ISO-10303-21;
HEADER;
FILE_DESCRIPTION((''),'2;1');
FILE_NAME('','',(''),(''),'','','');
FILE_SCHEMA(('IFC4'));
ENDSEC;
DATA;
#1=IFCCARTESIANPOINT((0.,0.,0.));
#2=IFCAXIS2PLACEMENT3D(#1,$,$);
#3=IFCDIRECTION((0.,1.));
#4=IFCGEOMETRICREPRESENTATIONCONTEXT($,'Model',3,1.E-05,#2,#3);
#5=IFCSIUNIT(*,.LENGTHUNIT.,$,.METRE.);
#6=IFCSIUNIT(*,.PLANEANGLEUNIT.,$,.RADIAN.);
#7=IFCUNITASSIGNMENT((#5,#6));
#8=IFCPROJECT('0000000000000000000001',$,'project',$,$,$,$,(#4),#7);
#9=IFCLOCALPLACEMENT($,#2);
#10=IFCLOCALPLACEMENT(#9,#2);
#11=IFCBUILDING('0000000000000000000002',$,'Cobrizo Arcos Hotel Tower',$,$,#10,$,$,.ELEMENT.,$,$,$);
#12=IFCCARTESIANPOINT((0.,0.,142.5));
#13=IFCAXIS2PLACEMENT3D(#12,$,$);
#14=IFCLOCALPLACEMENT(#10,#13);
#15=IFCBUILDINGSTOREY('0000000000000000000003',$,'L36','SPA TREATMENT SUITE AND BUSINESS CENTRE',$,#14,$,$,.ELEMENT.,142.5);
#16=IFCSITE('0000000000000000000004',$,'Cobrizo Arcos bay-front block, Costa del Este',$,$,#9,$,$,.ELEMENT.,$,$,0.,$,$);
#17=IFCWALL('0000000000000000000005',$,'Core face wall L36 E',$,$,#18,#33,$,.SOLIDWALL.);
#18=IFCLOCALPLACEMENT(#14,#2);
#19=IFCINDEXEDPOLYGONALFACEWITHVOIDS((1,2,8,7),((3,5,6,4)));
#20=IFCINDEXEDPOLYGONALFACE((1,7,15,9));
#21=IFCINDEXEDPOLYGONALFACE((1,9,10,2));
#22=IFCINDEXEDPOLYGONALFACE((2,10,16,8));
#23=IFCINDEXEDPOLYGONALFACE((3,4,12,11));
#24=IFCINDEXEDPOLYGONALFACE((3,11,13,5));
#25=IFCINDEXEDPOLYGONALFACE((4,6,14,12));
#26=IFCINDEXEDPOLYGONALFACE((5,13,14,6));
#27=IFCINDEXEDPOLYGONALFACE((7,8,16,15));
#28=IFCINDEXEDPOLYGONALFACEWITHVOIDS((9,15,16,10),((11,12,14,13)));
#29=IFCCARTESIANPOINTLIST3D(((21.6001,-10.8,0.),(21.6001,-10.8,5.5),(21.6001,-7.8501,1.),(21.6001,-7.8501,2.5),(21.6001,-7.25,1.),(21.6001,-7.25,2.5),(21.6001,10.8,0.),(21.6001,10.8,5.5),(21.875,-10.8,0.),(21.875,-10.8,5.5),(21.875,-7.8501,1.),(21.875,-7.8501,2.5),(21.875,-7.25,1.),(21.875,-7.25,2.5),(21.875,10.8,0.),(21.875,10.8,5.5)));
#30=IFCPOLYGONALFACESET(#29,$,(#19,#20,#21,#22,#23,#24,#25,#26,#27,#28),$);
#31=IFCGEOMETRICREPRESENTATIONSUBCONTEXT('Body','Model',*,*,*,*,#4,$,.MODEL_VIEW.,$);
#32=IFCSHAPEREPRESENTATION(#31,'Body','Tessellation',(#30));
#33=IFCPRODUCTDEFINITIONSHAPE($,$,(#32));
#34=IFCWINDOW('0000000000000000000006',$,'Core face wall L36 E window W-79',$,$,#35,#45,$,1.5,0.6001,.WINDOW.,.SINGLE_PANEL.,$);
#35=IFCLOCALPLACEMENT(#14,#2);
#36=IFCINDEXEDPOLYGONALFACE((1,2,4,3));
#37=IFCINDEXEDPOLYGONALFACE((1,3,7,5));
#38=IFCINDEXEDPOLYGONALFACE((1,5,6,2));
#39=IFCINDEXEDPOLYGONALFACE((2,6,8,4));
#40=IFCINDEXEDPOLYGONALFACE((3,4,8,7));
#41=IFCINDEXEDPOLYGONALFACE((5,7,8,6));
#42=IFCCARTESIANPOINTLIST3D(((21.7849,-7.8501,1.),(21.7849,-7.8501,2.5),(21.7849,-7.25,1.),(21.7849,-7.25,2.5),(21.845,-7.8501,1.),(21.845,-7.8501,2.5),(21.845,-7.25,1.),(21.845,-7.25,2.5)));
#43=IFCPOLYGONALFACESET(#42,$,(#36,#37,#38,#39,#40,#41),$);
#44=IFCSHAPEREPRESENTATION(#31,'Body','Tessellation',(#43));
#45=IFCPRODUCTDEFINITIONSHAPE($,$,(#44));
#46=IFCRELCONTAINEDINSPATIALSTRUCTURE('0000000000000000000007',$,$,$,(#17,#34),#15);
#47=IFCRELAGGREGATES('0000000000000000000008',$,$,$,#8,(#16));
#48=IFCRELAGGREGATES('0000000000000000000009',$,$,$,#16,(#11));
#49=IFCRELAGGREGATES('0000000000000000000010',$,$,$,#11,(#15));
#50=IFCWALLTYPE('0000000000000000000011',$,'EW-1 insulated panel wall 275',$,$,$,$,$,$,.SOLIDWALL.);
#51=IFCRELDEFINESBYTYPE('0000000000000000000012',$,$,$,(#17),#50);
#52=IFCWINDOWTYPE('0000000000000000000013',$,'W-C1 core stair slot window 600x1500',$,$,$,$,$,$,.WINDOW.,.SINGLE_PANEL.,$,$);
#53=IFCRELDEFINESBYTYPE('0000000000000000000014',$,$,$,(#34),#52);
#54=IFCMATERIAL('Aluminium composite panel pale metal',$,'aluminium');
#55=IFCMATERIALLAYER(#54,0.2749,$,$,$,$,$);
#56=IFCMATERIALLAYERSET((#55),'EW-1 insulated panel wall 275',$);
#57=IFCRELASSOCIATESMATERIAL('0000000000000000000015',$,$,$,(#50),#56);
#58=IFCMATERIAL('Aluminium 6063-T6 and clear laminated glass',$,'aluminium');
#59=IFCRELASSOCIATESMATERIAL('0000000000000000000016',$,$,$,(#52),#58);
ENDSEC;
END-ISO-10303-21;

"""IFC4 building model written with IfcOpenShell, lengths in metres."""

from ifc_helpers import new_model, si_unit, direction, frame, frame_2d, origin, place, context, subcontext, project, spatial, rectangle, extrude, material, layer, layer_set, type_object, element, fill, save


model = new_model("IFC4")

# Units and contexts
model_context = context("Model", 3, precision=1e-05, world=origin(), true_north=direction((0.0, 1.0)))
body_context = subcontext(model_context, "Body", "Model", "MODEL_VIEW")
ifc_project = project(units=[si_unit("LENGTHUNIT", "METRE"), si_unit("PLANEANGLEUNIT", "RADIAN")], contexts=[model_context])

# Site, building, storey
site_placement = place(None, origin())
site = spatial("IfcSite", under=ifc_project, at=site_placement, Name="Cobrizo Arcos bay-front block, Costa del Este", CompositionType="ELEMENT", RefElevation=0.0)
building_placement = place(site_placement, origin())
building = spatial("IfcBuilding", under=site, at=building_placement, Name="Cobrizo Arcos Hotel Tower", CompositionType="ELEMENT")
storey_placement = place(building_placement, frame((0.0, 0.0, 142.5)))
storey = spatial("IfcBuildingStorey", under=building, at=storey_placement, Name="L36", Description="SPA TREATMENT SUITE AND BUSINESS CENTRE", CompositionType="ELEMENT", Elevation=142.5)

# Wall, opening, window
ifc_material_1 = material(Name="Aluminium composite panel pale metal", Category="aluminium")
ifc_layer_1 = layer(ifc_material_1, 0.2749)
ifc_layer_set_1 = layer_set([ifc_layer_1], Name="EW-1 insulated panel wall 275")
wall_type_1 = type_object("IfcWallType", Name="EW-1 insulated panel wall 275", PredefinedType="SOLIDWALL", material=ifc_layer_set_1)
wall_1_placement = place(storey_placement, frame((21.7375, -10.8, 0.0), z_axis=(0.0, 0.0, 1.0), x_axis=(0.0, 1.0, 0.0)))
wall_1 = element("IfcWall", 1, at=wall_1_placement, inside=storey, type_object=wall_type_1, Name="Core face wall L36 E", PredefinedType="SOLIDWALL", context=body_context, shape_type="SweptSolid", body=[
    extrude(rectangle(XDim=21.6001, YDim=0.2749, at=frame_2d((10.8, 0.0))), origin(), (0.0, 0.0, 1.0), 5.5),
])
opening_1_placement = place(wall_1_placement, frame((2.95, 0.0, 1.0)))
opening_1 = element("IfcOpeningElement", 2, at=opening_1_placement, cuts=wall_1, PredefinedType="OPENING", context=body_context, shape_type="SweptSolid", body=[
    extrude(rectangle(XDim=0.6001, YDim=1.5, at=frame_2d((0.3, 0.75))), frame((0.0, 0.1494, 0.0), z_axis=(0.0, -1.0, 0.0), x_axis=(1.0, 0.0, 0.0)), (0.0, 0.0, 1.0), 0.2988),
])
ifc_material_2 = material(Name="Aluminium 6063-T6 and clear laminated glass", Category="aluminium")
window_type = type_object("IfcWindowType", Name="W-C1 core stair slot window 600x1500", PartitioningType="SINGLE_PANEL", PredefinedType="WINDOW", material=ifc_material_2)
window_placement = place(opening_1_placement, origin())
window = element("IfcWindow", 3, at=window_placement, inside=storey, type_object=window_type, Name="Core face wall L36 E window W-79", OverallHeight=1.5, OverallWidth=0.6001, PartitioningType="SINGLE_PANEL", PredefinedType="WINDOW", context=body_context, shape_type="SweptSolid", body=[
    extrude(rectangle(XDim=0.6001, YDim=1.5, at=frame_2d((0.3, 0.75))), frame((0.0, -0.0474, 0.0), z_axis=(0.0, -1.0, 0.0), x_axis=(1.0, 0.0, 0.0)), (0.0, 0.0, 1.0), 0.0601),
])
fill(opening_1, window)

save(model, "model.ifc")
